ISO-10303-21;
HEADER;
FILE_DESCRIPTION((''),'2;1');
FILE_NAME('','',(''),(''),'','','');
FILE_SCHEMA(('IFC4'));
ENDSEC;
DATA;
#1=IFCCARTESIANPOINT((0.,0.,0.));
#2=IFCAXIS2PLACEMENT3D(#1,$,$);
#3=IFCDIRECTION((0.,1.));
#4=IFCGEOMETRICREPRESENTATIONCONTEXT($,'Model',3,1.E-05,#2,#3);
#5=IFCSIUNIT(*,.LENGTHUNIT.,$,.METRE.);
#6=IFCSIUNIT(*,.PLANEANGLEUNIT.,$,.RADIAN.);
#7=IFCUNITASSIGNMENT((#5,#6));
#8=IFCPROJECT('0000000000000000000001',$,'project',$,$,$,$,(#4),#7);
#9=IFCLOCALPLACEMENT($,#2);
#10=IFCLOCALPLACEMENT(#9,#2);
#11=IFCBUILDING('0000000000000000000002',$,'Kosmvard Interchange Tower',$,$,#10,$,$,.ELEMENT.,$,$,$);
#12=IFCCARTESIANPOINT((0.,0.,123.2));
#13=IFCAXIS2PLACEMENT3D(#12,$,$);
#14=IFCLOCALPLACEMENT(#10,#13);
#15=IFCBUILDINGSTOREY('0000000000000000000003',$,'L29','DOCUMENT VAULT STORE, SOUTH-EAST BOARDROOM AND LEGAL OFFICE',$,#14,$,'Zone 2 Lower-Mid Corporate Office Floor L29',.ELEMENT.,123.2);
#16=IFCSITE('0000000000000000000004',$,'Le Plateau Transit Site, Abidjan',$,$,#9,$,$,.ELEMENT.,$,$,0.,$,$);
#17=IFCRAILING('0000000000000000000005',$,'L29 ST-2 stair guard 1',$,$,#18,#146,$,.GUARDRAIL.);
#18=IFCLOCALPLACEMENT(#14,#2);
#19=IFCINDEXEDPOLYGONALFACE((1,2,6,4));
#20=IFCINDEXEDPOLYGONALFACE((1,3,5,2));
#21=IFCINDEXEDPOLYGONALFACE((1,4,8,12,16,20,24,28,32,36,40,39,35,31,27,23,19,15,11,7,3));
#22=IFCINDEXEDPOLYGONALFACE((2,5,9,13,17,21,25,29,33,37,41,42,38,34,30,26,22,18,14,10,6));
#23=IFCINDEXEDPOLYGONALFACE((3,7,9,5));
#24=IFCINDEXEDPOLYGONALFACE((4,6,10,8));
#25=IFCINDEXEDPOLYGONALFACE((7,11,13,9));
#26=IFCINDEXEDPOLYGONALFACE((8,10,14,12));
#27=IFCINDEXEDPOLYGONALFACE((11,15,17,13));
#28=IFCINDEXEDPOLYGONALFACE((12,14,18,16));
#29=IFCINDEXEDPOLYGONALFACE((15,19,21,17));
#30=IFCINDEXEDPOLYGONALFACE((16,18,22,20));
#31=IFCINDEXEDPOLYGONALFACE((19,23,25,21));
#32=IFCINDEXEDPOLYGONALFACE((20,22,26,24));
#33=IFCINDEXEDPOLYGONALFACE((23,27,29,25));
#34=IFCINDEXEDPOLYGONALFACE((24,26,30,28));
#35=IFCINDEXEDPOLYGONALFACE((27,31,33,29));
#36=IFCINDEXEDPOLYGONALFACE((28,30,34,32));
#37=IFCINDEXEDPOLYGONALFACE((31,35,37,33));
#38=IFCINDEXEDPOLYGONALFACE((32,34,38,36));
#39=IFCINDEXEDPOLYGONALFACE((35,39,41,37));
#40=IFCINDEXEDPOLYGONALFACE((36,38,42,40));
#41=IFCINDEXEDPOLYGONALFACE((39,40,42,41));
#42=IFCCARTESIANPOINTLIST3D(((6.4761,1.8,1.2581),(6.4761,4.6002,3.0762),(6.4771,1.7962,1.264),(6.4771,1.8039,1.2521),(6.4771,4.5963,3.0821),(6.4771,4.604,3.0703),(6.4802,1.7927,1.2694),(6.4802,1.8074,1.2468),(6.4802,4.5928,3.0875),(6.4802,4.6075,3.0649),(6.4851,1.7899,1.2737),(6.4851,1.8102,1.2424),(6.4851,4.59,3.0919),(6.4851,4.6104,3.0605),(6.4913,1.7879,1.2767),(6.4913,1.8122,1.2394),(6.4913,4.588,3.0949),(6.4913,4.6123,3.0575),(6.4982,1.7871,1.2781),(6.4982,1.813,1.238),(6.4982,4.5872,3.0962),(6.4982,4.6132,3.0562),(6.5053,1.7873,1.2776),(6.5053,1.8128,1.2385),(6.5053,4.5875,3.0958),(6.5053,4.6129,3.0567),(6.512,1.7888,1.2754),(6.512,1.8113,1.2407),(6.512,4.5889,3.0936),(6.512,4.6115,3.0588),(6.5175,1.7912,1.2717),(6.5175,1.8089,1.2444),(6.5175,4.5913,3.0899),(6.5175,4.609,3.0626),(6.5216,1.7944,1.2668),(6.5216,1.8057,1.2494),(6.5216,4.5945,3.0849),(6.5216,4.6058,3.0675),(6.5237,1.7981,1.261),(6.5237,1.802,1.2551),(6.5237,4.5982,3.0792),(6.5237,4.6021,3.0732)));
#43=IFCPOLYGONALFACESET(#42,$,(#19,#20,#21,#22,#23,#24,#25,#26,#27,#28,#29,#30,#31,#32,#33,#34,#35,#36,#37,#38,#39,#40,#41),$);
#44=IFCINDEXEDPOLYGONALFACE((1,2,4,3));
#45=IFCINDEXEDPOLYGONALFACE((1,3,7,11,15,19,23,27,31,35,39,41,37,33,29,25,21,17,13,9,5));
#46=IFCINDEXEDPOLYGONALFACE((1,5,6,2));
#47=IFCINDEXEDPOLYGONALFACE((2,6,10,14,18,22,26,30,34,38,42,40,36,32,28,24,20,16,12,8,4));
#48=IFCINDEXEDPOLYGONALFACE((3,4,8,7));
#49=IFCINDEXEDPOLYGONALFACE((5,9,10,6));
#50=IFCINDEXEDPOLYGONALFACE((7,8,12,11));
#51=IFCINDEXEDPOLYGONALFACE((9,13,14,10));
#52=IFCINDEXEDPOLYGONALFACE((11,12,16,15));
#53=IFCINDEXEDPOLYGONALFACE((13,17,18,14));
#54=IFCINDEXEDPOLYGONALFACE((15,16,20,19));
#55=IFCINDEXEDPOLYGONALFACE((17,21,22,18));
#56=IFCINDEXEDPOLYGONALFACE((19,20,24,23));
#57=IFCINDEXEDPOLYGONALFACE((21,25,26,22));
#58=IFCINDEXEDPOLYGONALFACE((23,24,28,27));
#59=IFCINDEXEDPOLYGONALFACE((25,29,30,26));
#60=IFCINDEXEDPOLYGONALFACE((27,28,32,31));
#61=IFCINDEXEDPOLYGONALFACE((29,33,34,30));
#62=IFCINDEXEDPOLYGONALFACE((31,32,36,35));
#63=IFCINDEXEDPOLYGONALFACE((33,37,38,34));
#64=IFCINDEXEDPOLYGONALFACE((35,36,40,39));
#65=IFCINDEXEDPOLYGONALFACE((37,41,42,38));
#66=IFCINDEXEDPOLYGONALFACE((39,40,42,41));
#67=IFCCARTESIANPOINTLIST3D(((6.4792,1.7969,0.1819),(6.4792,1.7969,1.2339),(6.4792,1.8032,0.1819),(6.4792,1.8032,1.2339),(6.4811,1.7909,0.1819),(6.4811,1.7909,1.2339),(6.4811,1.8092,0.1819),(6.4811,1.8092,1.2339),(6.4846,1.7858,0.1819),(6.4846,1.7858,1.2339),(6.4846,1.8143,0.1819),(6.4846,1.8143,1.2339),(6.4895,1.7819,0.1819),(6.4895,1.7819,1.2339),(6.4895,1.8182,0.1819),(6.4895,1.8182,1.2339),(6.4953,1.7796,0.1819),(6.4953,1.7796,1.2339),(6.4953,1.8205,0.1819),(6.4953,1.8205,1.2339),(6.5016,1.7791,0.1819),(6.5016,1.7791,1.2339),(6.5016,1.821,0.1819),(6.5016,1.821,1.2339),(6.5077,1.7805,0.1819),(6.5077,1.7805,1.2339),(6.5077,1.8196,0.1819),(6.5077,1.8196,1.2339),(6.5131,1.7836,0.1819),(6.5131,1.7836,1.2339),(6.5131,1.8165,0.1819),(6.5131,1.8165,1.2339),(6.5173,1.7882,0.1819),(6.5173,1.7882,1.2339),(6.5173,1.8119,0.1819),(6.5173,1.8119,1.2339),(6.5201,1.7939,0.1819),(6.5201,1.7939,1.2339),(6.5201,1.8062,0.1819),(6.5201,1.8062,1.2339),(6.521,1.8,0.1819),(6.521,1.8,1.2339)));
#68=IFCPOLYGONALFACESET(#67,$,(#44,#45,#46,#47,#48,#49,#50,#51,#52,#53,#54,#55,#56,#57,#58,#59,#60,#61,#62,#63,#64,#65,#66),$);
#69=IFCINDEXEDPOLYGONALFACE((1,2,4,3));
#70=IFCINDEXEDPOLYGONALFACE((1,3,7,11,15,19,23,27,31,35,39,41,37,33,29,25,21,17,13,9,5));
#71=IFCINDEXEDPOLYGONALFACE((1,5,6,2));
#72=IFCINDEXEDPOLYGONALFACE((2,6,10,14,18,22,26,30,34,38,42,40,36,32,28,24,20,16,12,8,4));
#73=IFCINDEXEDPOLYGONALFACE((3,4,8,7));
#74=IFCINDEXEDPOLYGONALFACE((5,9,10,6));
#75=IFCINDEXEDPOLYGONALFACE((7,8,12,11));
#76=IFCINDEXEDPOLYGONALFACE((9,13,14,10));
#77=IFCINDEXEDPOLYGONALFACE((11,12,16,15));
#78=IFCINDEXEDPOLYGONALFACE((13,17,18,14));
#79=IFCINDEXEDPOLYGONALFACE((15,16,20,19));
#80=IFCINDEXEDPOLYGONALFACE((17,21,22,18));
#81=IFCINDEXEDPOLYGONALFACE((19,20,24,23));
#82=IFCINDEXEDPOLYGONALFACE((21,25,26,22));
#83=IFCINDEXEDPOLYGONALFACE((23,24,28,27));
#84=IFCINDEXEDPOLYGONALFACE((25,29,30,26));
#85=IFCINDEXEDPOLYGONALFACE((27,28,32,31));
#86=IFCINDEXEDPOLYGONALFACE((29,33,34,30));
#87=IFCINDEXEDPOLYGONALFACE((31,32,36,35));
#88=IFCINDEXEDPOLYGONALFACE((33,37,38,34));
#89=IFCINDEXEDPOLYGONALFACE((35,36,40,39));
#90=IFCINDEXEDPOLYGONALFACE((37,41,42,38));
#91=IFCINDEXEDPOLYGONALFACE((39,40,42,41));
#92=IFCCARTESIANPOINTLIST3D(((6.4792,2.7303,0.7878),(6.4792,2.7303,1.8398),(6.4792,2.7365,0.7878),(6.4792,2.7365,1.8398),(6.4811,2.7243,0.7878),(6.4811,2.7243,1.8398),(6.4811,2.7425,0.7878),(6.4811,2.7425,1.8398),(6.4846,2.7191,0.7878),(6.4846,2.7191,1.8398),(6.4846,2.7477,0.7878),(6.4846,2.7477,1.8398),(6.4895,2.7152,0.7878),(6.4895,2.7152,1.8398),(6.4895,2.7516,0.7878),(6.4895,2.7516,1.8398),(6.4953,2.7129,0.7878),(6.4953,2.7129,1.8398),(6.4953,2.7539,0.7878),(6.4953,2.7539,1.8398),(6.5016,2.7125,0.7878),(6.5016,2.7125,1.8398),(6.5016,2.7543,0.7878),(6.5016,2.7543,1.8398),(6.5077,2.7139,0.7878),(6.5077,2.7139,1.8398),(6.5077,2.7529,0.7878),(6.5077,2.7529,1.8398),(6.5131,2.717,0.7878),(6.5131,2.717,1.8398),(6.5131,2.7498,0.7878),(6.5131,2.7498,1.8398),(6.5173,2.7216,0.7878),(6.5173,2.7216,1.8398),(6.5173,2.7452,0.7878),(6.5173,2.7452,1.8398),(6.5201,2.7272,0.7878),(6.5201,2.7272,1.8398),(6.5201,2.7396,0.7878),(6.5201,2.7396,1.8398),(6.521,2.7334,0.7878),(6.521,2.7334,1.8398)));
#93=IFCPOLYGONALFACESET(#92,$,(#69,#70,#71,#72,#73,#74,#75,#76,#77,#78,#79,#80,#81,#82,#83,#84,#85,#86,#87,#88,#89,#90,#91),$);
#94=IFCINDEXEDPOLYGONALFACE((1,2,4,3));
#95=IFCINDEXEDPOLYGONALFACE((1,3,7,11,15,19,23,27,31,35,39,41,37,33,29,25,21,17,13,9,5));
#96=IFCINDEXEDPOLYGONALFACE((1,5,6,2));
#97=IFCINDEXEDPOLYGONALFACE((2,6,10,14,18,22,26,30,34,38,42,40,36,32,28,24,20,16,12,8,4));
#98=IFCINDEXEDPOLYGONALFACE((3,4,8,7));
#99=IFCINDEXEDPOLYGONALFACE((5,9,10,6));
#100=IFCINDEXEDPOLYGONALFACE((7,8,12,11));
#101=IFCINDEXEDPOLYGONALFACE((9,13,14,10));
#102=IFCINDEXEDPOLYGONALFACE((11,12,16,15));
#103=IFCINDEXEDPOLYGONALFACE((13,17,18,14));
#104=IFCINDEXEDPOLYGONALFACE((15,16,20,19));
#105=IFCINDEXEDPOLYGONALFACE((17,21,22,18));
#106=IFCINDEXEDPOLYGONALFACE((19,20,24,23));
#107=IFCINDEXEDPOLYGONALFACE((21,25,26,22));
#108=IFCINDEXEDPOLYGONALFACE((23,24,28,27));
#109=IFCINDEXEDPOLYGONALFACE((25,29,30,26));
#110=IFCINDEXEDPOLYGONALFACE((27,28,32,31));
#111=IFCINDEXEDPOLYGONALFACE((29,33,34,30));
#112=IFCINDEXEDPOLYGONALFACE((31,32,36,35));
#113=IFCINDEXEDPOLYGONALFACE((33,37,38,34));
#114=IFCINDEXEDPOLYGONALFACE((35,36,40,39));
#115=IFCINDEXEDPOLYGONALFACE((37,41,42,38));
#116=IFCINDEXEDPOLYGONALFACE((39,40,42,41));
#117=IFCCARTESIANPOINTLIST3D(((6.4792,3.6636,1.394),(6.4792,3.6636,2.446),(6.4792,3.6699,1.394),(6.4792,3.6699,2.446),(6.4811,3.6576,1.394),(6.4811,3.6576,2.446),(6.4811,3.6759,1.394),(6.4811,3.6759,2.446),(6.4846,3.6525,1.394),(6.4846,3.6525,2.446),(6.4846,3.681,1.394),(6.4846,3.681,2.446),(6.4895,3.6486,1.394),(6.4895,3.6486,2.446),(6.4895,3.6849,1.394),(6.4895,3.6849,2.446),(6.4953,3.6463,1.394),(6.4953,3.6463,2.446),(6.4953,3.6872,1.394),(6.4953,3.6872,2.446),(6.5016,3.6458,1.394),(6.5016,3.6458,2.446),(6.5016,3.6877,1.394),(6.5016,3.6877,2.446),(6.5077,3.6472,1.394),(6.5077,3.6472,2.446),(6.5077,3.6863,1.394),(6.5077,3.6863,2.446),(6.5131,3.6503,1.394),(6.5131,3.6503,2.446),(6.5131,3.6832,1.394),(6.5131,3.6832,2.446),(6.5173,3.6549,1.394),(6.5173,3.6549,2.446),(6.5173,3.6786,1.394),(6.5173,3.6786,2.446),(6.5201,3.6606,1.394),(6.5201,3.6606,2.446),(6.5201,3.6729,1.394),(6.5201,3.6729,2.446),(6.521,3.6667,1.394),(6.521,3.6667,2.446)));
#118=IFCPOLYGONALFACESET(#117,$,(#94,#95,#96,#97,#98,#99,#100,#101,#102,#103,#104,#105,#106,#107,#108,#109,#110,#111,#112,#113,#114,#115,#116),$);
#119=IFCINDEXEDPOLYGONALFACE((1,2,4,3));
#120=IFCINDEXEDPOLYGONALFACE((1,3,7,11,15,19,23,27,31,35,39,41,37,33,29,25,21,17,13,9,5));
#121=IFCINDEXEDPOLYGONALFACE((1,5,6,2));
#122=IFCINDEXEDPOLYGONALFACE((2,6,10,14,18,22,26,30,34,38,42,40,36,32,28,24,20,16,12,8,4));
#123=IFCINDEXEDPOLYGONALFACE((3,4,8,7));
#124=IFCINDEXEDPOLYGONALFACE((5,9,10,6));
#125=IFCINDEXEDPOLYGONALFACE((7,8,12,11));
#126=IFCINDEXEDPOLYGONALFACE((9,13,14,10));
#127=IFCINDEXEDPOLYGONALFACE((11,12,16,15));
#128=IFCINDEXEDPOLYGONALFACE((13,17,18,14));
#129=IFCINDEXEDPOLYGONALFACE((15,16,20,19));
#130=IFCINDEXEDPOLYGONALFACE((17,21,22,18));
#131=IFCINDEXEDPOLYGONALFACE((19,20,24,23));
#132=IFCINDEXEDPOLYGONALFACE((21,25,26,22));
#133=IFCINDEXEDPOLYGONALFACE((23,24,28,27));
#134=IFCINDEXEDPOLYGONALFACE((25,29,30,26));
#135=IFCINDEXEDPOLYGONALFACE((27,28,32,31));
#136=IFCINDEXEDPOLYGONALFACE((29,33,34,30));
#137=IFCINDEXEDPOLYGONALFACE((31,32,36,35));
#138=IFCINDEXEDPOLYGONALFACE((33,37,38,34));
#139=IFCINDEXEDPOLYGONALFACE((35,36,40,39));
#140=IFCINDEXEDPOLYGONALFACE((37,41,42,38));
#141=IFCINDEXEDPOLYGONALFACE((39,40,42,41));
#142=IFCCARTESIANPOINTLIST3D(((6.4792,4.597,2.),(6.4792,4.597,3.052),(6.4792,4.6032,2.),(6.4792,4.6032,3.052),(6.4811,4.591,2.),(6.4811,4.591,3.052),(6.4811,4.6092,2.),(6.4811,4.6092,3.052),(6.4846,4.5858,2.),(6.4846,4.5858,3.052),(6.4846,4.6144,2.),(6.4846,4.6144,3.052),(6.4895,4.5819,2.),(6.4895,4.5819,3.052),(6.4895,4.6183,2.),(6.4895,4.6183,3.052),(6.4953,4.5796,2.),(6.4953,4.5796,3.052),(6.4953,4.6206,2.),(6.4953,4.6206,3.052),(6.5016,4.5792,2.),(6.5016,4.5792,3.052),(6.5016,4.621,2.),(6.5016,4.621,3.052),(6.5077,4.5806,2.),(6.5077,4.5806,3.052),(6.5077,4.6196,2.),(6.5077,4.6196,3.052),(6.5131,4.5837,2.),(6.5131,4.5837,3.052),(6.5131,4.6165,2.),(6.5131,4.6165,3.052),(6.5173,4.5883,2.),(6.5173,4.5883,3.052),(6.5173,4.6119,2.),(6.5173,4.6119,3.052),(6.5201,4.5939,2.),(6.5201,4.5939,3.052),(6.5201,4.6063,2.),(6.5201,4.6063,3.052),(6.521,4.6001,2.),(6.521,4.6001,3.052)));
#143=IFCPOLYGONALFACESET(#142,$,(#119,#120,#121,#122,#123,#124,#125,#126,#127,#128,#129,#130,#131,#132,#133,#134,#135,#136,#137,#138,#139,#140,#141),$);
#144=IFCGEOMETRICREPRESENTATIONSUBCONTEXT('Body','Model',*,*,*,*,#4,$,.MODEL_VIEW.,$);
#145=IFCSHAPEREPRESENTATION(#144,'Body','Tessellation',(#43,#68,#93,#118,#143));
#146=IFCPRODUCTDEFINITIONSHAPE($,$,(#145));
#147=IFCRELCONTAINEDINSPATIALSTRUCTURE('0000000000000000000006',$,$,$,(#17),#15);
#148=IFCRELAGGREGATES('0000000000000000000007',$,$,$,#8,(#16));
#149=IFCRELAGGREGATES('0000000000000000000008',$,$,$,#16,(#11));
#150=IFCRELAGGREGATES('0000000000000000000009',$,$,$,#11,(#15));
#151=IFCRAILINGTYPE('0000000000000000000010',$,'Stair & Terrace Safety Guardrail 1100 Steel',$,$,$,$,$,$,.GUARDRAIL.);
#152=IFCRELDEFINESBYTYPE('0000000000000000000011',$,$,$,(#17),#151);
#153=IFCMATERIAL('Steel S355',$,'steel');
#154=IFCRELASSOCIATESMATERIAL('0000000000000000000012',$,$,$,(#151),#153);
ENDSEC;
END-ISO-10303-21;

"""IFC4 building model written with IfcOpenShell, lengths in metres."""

from ifc_helpers import new_model, si_unit, direction, frame, origin, origin_2d, place, context, subcontext, project, spatial, circle, extrude, source, transform, mapped, material, type_object, element, save


model = new_model("IFC4")

# Units and contexts
model_context = context("Model", 3, precision=1e-05, world=origin(), true_north=direction((0.0, 1.0)))
body_context = subcontext(model_context, "Body", "Model", "MODEL_VIEW")
ifc_project = project(units=[si_unit("LENGTHUNIT", "METRE"), si_unit("PLANEANGLEUNIT", "RADIAN")], contexts=[model_context])

# Site, building, storey
site_placement = place(None, origin())
site = spatial("IfcSite", under=ifc_project, at=site_placement, Name="Le Plateau Transit Site, Abidjan", CompositionType="ELEMENT", RefElevation=0.0)
building_placement = place(site_placement, origin())
building = spatial("IfcBuilding", under=site, at=building_placement, Name="Kosmvard Interchange Tower", CompositionType="ELEMENT")
storey_placement = place(building_placement, frame((0.0, 0.0, 123.2)))
storey = spatial("IfcBuildingStorey", under=building, at=storey_placement, Name="L29", Description="DOCUMENT VAULT STORE, SOUTH-EAST BOARDROOM AND LEGAL OFFICE", LongName="Zone 2 Lower-Mid Corporate Office Floor L29", CompositionType="ELEMENT", Elevation=123.2)

# Shared definitions
ifc_material_1 = material(Name="Steel S355", Category="steel")

# Railing
railing_type_1 = type_object("IfcRailingType", Name="Stair & Terrace Safety Guardrail 1100 Steel", PredefinedType="GUARDRAIL", material=ifc_material_1)
shared_shape_1 = source(origin(), body_context, "Body", "SweptSolid", [
    extrude(circle(Radius=0.0239, at=origin_2d()), frame((0.0, 0.0, 1.0762), z_axis=(0.0, 0.838706, 0.544585), x_axis=(-1.0, 0.0, 0.0)), (0.0, 0.0, 1.0), 3.3386),
    extrude(circle(Radius=0.021, at=origin_2d()), origin(), (0.0, 0.0, 1.0), 1.052),
    extrude(circle(Radius=0.021, at=origin_2d()), frame((0.0, 0.9333, 0.606)), (0.0, 0.0, 1.0), 1.052),
    extrude(circle(Radius=0.021, at=origin_2d()), frame((0.0, 1.8667, 1.2122)), (0.0, 0.0, 1.0), 1.052),
    extrude(circle(Radius=0.021, at=origin_2d()), frame((0.0, 2.8, 1.8181)), (0.0, 0.0, 1.0), 1.052),
])
railing_1_placement = place(storey_placement, frame((6.5, 1.8, 0.1819)))
element("IfcRailing", 1, at=railing_1_placement, inside=storey, type_object=railing_type_1, Name="L29 ST-2 stair guard 1", PredefinedType="GUARDRAIL", context=body_context, shape_type="MappedRepresentation", body=[
    mapped(shared_shape_1, transform((0.0, 0.0, 0.0), scale=1.0)),
])

save(model, "model.ifc")
